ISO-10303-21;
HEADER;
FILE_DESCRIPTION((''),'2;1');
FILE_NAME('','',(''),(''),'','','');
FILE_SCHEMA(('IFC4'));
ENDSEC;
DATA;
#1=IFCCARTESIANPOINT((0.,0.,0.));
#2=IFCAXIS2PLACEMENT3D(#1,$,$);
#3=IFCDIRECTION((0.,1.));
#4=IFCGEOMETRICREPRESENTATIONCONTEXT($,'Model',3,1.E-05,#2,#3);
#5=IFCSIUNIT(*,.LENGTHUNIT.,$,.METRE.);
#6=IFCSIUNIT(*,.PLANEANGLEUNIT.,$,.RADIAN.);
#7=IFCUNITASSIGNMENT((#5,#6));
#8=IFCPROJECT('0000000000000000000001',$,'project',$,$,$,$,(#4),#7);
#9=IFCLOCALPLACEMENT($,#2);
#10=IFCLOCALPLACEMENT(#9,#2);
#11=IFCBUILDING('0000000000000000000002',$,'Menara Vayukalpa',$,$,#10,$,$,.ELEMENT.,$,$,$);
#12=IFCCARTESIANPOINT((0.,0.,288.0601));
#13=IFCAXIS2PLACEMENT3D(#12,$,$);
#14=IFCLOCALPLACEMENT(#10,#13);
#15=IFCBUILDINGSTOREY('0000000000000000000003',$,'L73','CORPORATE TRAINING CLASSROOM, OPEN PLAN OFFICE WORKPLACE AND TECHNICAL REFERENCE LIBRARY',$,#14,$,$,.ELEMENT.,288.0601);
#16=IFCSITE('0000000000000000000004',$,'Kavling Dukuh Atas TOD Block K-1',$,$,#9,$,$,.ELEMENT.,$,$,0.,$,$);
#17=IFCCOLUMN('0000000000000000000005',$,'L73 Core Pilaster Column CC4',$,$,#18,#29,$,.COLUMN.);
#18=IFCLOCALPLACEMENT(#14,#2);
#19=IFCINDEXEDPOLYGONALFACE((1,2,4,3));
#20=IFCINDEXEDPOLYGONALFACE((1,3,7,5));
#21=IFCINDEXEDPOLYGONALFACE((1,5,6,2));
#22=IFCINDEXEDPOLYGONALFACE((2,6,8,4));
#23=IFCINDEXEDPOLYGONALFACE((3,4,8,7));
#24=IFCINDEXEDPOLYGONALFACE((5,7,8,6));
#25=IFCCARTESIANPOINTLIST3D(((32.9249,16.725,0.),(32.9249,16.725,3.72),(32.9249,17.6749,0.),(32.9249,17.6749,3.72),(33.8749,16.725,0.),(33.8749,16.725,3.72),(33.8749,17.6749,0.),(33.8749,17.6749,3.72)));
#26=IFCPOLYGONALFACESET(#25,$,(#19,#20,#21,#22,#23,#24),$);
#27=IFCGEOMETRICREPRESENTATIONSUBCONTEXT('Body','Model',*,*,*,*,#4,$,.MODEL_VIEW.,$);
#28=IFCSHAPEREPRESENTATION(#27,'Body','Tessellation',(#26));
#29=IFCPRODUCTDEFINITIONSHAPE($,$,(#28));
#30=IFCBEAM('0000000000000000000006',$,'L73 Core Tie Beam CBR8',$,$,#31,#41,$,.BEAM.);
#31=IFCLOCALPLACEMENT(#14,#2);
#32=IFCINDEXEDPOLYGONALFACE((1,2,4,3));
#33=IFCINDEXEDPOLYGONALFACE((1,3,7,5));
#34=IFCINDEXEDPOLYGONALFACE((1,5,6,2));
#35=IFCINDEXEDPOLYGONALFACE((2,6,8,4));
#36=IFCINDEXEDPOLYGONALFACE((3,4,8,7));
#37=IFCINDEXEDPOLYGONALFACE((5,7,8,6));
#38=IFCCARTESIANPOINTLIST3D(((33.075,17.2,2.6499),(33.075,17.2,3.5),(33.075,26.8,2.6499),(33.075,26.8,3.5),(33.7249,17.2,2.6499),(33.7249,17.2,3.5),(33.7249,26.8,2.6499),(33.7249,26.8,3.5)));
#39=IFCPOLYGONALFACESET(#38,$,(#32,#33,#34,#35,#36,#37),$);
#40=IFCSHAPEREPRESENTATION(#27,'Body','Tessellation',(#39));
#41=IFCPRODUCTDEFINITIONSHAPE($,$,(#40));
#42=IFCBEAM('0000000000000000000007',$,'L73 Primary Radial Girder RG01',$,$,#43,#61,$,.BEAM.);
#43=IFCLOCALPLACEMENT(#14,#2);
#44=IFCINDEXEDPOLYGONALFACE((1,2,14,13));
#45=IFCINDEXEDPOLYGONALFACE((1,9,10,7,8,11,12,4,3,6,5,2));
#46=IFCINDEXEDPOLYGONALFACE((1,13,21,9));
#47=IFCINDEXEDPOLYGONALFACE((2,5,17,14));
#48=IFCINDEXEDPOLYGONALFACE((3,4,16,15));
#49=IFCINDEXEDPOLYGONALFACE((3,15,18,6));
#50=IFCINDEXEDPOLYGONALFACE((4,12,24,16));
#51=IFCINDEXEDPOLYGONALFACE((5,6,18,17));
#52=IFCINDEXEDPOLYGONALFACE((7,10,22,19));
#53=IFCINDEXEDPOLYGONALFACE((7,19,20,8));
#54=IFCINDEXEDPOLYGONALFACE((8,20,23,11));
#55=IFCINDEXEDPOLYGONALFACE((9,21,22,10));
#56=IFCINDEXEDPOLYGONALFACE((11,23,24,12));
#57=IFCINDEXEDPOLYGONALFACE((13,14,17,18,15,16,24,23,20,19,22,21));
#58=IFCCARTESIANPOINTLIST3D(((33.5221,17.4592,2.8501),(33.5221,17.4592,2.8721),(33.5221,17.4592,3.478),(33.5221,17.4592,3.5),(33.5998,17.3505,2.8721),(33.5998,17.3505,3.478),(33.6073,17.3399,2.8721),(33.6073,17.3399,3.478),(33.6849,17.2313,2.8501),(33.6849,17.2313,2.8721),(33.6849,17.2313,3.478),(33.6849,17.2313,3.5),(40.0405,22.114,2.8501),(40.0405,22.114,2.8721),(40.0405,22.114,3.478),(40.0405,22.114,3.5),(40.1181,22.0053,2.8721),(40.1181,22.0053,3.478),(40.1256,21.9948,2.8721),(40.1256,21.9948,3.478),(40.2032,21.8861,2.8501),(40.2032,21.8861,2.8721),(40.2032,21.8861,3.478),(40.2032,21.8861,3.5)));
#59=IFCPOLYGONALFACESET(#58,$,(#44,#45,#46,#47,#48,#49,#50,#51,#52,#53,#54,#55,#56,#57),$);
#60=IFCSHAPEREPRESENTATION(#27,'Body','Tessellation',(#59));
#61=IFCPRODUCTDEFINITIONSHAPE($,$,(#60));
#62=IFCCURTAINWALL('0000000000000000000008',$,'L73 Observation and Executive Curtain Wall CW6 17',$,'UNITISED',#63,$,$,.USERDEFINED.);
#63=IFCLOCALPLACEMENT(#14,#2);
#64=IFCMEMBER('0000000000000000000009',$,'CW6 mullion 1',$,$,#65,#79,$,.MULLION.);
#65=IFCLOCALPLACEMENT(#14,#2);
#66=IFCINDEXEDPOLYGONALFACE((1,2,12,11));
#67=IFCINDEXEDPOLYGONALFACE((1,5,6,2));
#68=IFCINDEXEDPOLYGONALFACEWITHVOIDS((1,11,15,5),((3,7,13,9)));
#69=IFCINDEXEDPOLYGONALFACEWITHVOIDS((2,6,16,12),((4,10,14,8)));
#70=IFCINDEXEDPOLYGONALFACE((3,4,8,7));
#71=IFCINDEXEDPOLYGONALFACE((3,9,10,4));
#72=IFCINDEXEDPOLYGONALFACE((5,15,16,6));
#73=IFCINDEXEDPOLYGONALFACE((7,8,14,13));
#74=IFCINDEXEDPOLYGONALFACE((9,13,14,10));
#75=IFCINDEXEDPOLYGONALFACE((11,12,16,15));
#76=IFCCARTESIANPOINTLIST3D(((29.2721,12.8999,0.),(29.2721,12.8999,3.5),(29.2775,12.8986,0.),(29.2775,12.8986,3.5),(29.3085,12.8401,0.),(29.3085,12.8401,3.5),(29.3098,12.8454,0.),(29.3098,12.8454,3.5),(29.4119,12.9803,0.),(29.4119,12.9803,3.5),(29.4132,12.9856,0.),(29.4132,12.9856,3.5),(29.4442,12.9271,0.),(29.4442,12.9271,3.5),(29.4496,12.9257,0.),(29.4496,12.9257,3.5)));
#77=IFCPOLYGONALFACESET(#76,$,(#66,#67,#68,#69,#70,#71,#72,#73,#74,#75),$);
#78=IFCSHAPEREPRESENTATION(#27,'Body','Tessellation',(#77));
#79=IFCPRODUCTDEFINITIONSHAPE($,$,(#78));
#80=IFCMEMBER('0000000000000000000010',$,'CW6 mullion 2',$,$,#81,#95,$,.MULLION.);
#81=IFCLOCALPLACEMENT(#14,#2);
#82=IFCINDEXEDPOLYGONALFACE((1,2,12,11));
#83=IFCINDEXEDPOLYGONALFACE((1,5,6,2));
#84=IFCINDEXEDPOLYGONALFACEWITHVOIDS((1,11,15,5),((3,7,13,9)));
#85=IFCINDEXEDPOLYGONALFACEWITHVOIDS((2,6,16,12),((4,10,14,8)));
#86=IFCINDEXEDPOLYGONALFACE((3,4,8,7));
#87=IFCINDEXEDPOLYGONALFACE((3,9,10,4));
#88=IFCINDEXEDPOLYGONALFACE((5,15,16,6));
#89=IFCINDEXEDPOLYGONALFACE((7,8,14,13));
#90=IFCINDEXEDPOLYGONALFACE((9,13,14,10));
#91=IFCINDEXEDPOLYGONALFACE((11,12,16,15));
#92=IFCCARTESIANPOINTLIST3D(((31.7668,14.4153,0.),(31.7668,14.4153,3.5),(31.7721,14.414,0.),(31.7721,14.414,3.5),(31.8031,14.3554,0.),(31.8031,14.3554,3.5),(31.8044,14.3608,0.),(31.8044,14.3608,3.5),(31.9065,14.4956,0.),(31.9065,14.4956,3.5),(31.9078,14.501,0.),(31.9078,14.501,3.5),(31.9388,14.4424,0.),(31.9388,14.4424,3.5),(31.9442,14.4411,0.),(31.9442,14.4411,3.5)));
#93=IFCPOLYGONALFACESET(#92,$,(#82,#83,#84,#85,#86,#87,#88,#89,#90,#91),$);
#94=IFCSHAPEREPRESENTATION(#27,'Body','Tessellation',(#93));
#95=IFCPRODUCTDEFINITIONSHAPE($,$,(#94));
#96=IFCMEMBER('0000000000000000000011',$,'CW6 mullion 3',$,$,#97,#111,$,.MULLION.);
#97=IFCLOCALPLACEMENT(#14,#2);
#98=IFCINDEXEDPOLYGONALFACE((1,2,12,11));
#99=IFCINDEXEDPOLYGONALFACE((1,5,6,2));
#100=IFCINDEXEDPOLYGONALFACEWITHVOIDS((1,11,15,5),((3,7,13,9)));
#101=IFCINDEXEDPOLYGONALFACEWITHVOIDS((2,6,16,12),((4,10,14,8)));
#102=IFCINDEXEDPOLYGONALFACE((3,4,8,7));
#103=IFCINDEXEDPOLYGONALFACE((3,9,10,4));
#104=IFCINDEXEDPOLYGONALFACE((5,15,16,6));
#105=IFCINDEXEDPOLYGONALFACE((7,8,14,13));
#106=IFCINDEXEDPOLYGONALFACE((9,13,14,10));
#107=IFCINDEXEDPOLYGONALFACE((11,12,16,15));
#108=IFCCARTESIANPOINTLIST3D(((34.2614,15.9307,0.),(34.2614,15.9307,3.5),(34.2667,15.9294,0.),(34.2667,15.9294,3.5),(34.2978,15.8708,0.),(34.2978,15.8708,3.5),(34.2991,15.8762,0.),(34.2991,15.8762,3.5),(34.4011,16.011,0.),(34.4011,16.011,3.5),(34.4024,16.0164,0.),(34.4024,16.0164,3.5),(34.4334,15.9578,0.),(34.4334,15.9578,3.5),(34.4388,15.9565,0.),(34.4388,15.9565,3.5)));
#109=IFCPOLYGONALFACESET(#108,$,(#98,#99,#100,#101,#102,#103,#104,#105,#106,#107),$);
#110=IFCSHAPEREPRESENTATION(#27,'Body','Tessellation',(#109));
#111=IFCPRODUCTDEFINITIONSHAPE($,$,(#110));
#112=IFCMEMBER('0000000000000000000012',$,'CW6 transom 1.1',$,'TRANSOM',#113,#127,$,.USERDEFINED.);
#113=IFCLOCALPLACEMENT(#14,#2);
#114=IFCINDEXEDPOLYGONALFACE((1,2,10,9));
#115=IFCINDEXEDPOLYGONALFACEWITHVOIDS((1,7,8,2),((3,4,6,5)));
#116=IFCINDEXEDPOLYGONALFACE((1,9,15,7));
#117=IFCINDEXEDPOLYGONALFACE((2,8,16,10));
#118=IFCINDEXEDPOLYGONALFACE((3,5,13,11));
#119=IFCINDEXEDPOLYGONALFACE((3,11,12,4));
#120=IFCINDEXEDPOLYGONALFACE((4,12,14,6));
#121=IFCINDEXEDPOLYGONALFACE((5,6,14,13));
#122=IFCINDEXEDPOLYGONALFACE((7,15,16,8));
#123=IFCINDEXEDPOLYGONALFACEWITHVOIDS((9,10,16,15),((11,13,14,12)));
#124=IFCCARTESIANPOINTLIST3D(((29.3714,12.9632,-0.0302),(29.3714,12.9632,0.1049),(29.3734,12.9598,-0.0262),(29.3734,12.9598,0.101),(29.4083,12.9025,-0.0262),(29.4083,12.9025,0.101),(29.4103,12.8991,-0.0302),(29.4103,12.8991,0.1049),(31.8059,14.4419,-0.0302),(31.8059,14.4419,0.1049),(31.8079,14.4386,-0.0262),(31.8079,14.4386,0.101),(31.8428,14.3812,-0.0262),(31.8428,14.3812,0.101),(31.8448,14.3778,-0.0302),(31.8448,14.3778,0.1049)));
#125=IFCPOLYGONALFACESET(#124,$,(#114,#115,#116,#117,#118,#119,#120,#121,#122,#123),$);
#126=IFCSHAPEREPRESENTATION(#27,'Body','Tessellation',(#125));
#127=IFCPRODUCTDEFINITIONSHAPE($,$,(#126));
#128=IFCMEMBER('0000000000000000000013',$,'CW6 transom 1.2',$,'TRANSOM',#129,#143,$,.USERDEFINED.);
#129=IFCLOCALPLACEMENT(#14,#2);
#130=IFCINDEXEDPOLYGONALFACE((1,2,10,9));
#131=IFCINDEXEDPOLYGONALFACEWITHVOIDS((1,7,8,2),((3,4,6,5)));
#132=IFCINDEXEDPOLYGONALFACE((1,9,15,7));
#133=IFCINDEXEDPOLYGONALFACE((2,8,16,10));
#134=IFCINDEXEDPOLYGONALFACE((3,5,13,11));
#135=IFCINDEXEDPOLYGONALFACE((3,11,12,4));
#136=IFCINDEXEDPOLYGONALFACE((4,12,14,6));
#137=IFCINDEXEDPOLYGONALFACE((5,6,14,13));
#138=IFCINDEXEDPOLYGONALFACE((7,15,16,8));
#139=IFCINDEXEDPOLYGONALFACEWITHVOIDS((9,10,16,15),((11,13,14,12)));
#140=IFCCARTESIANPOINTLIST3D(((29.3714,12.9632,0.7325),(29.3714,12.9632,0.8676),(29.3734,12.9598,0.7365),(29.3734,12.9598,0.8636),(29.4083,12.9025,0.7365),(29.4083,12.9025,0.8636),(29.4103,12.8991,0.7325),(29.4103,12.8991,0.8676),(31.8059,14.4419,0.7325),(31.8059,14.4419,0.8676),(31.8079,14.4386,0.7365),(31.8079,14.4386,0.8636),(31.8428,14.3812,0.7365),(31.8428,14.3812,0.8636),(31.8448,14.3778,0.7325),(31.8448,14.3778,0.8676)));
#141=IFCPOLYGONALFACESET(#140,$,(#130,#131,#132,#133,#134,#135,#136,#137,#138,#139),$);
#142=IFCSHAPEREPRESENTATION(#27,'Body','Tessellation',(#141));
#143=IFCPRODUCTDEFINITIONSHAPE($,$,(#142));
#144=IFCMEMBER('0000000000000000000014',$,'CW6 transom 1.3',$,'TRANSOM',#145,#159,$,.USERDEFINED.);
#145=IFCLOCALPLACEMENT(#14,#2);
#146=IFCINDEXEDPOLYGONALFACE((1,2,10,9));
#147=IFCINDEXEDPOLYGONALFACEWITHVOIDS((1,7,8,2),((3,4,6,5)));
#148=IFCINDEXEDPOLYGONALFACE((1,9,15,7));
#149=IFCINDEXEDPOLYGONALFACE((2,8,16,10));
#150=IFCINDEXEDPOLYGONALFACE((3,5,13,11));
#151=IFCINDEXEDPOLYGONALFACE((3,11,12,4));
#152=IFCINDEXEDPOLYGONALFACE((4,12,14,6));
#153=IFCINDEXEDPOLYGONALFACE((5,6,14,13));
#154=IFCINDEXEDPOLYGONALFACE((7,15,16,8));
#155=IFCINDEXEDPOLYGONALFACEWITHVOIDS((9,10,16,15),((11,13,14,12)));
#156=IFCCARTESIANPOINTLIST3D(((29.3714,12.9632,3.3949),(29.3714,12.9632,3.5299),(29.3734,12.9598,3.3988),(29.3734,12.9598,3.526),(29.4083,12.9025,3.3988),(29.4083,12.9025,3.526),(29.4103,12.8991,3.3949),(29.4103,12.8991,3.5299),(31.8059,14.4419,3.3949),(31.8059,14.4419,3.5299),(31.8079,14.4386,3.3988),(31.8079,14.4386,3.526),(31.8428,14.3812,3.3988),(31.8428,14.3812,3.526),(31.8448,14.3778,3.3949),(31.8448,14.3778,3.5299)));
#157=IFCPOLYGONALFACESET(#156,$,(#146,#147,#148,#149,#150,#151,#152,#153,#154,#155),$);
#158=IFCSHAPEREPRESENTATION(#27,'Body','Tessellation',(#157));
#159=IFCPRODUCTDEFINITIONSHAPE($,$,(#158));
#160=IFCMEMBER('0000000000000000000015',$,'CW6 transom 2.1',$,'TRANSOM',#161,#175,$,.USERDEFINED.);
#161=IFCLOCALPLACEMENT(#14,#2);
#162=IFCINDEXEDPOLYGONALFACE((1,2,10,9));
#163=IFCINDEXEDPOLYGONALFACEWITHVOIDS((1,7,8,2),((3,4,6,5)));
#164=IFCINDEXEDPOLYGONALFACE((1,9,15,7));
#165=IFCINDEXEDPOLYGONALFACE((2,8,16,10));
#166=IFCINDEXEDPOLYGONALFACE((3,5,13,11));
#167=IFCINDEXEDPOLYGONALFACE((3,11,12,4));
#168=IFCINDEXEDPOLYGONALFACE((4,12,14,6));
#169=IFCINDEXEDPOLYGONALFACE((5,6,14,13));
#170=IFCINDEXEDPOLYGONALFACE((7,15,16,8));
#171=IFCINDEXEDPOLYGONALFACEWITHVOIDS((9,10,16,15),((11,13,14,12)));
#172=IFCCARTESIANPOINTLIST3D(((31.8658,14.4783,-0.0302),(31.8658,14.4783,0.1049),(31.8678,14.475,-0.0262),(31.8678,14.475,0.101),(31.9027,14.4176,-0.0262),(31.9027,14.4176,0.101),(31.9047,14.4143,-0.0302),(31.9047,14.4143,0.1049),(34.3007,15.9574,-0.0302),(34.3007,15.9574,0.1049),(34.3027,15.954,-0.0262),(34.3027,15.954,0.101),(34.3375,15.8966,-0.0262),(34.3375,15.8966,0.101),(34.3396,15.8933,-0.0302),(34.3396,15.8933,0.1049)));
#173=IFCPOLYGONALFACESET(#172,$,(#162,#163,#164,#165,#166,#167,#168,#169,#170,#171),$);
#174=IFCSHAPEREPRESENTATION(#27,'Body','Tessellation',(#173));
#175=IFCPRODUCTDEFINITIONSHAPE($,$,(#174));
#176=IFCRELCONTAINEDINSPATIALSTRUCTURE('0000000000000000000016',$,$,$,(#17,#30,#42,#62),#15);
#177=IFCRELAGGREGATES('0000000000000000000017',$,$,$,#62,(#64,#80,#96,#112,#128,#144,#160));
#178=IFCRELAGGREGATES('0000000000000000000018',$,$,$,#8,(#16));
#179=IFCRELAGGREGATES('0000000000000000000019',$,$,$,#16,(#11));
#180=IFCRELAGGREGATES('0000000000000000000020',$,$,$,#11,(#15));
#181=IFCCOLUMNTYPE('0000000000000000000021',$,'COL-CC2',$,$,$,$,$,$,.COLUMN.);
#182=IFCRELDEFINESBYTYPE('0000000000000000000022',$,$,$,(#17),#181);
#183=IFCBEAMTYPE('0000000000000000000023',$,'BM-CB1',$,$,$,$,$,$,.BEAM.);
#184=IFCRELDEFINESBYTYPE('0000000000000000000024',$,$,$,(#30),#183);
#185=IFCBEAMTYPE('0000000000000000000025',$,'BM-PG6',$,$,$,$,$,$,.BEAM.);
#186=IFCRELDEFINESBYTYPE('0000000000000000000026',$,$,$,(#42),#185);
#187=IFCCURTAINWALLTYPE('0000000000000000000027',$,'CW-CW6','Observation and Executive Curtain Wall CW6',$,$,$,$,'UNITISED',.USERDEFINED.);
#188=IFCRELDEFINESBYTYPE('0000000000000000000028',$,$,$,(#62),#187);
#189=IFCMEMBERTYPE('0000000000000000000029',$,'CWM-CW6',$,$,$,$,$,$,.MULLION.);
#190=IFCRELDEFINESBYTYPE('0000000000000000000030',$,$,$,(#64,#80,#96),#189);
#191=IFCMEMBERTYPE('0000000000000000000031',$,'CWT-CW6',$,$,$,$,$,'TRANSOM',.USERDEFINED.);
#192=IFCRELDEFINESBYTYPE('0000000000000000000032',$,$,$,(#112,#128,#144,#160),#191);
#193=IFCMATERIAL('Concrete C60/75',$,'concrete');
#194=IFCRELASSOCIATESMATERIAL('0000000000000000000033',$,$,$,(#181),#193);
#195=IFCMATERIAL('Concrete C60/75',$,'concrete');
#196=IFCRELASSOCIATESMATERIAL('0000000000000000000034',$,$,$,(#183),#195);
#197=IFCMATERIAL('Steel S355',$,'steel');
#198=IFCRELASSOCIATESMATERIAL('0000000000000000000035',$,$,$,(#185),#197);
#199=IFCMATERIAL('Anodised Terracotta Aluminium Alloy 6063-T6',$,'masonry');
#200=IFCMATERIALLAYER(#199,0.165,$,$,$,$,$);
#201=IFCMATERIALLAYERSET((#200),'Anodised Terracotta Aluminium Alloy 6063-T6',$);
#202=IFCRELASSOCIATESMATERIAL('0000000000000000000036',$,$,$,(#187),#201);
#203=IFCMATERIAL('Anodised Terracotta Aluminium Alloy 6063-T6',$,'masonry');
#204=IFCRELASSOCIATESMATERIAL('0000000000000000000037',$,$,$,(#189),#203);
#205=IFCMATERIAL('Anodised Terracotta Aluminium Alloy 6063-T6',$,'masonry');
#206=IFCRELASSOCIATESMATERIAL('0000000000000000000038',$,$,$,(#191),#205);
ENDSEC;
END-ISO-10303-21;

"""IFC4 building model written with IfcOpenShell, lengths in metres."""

from ifc_helpers import new_model, si_unit, direction, frame, origin, origin_2d, place, context, subcontext, project, spatial, rectangle, hollow_rectangle, i_section, extrude, material, layer, layer_set, material_profile, profile_set, type_object, element, aggregate, save


model = new_model("IFC4")

# Units and contexts
model_context = context("Model", 3, precision=1e-05, world=origin(), true_north=direction((0.0, 1.0)))
body_context = subcontext(model_context, "Body", "Model", "MODEL_VIEW")
ifc_project = project(units=[si_unit("LENGTHUNIT", "METRE"), si_unit("PLANEANGLEUNIT", "RADIAN")], contexts=[model_context])

# Site, building, storey
site_placement = place(None, origin())
site = spatial("IfcSite", under=ifc_project, at=site_placement, Name="Kavling Dukuh Atas TOD Block K-1", CompositionType="ELEMENT", RefElevation=0.0)
building_placement = place(site_placement, origin())
building = spatial("IfcBuilding", under=site, at=building_placement, Name="Menara Vayukalpa", CompositionType="ELEMENT")
storey_placement = place(building_placement, frame((0.0, 0.0, 288.0601)))
storey = spatial("IfcBuildingStorey", under=building, at=storey_placement, Name="L73", Description="CORPORATE TRAINING CLASSROOM, OPEN PLAN OFFICE WORKPLACE AND TECHNICAL REFERENCE LIBRARY", CompositionType="ELEMENT", Elevation=288.0601)

# Column
ifc_material_1 = material(Name="Concrete C60/75", Category="concrete")
ifc_material_profile_1 = material_profile(ifc_material_1, rectangle(XDim=0.95, YDim=0.95, at=origin_2d()), Name="RC 950x950")
ifc_profile_set_1 = profile_set([ifc_material_profile_1], Name="Concrete C60/75")
column_type = type_object("IfcColumnType", Name="COL-CC2", PredefinedType="COLUMN", material=ifc_profile_set_1)
column_placement = place(storey_placement, frame((33.3999, 17.2, 0.0), z_axis=(0.0, 0.0, 1.0), x_axis=(1.0, 0.0, 0.0)))
element("IfcColumn", 1, at=column_placement, inside=storey, type_object=column_type, Name="L73 Core Pilaster Column CC4", PredefinedType="COLUMN", context=body_context, shape_type="SweptSolid", body=[
    extrude(rectangle(XDim=0.95, YDim=0.95, at=origin_2d()), origin(), (0.0, 0.0, 1.0), 3.72),
])

# Beams
ifc_material_2 = material(Name="Concrete C60/75", Category="concrete")
ifc_material_profile_2 = material_profile(ifc_material_2, rectangle(XDim=0.6499, YDim=0.8501, at=origin_2d()), Name="RC 650x850")
ifc_profile_set_2 = profile_set([ifc_material_profile_2], Name="Concrete C60/75")
beam_type_1 = type_object("IfcBeamType", Name="BM-CB1", PredefinedType="BEAM", material=ifc_profile_set_2)
beam_1_placement = place(storey_placement, frame((33.3999, 17.2, 3.075), z_axis=(0.0, 1.0, 0.0), x_axis=(-1.0, 0.0, 0.0)))
element("IfcBeam", 2, at=beam_1_placement, inside=storey, type_object=beam_type_1, Name="L73 Core Tie Beam CBR8", PredefinedType="BEAM", context=body_context, shape_type="SweptSolid", body=[
    extrude(rectangle(XDim=0.6499, YDim=0.8501, at=origin_2d()), origin(), (0.0, 0.0, 1.0), 9.6001),
])
ifc_material_3 = material(Name="Steel S355", Category="steel")
ifc_material_profile_3 = material_profile(ifc_material_3, i_section(OverallWidth=0.28, OverallDepth=0.6499, WebThickness=0.0129, FlangeThickness=0.022, at=origin_2d()), Name="WF 650x280x13x22")
ifc_profile_set_3 = profile_set([ifc_material_profile_3], Name="Steel S355")
beam_type_2 = type_object("IfcBeamType", Name="BM-PG6", PredefinedType="BEAM", material=ifc_profile_set_3)
beam_2_placement = place(storey_placement, frame((33.6035, 17.3452, 3.175), z_axis=(0.813801, 0.581143, 0.0), x_axis=(-0.581143, 0.813801, 0.0)))
element("IfcBeam", 3, at=beam_2_placement, inside=storey, type_object=beam_type_2, Name="L73 Primary Radial Girder RG01", PredefinedType="BEAM", context=body_context, shape_type="SweptSolid", body=[
    extrude(i_section(OverallWidth=0.28, OverallDepth=0.6499, WebThickness=0.0129, FlangeThickness=0.022, at=origin_2d()), origin(), (0.0, 0.0, 1.0), 8.0098),
])

# Curtain wall, members
ifc_material_4 = material(Name="Anodised Terracotta Aluminium Alloy 6063-T6", Category="masonry")
ifc_layer_1 = layer(ifc_material_4, 0.165)
ifc_layer_set_1 = layer_set([ifc_layer_1], Name="Anodised Terracotta Aluminium Alloy 6063-T6")
curtain_wall_type = type_object("IfcCurtainWallType", Name="CW-CW6", Description="Observation and Executive Curtain Wall CW6", ElementType="UNITISED", PredefinedType="USERDEFINED", material=ifc_layer_set_1)
curtain_wall_placement = place(storey_placement, origin())
curtain_wall = element("IfcCurtainWall", 4, at=curtain_wall_placement, inside=storey, type_object=curtain_wall_type, Name="L73 Observation and Executive Curtain Wall CW6 17", ObjectType="UNITISED", PredefinedType="USERDEFINED")
ifc_material_5 = material(Name="Anodised Terracotta Aluminium Alloy 6063-T6", Category="masonry")
ifc_material_profile_4 = material_profile(ifc_material_5, hollow_rectangle(XDim=0.0701, YDim=0.165, WallThickness=0.0039, at=origin_2d()), Name="ALU 70x165x4")
ifc_profile_set_4 = profile_set([ifc_material_profile_4], Name="Anodised Terracotta Aluminium Alloy 6063-T6")
member_type_1 = type_object("IfcMemberType", Name="CWM-CW6", PredefinedType="MULLION", material=ifc_profile_set_4)
member_1_placement = place(storey_placement, frame((29.3608, 12.9128, 0.0), z_axis=(0.0, 0.0, 1.0), x_axis=(-0.519176, 0.854668, 0.0)))
member_1 = element("IfcMember", 5, at=member_1_placement, type_object=member_type_1, Name="CW6 mullion 1", PredefinedType="MULLION", context=body_context, shape_type="SweptSolid", body=[
    extrude(hollow_rectangle(XDim=0.0701, YDim=0.165, WallThickness=0.0039, at=origin_2d()), origin(), (0.0, 0.0, 1.0), 3.5),
])
member_2_placement = place(storey_placement, frame((31.8555, 14.4282, 0.0), z_axis=(0.0, 0.0, 1.0), x_axis=(-0.519176, 0.854668, 0.0)))
member_2 = element("IfcMember", 6, at=member_2_placement, type_object=member_type_1, Name="CW6 mullion 2", PredefinedType="MULLION", context=body_context, shape_type="SweptSolid", body=[
    extrude(hollow_rectangle(XDim=0.0701, YDim=0.165, WallThickness=0.0039, at=origin_2d()), origin(), (0.0, 0.0, 1.0), 3.5),
])
member_3_placement = place(storey_placement, frame((34.3501, 15.9436, 0.0), z_axis=(0.0, 0.0, 1.0), x_axis=(-0.519176, 0.854668, 0.0)))
member_3 = element("IfcMember", 7, at=member_3_placement, type_object=member_type_1, Name="CW6 mullion 3", PredefinedType="MULLION", context=body_context, shape_type="SweptSolid", body=[
    extrude(hollow_rectangle(XDim=0.0701, YDim=0.165, WallThickness=0.0039, at=origin_2d()), origin(), (0.0, 0.0, 1.0), 3.5),
])
ifc_material_6 = material(Name="Anodised Terracotta Aluminium Alloy 6063-T6", Category="masonry")
ifc_material_profile_5 = material_profile(ifc_material_6, hollow_rectangle(XDim=0.075, YDim=0.135, WallThickness=0.0039, at=origin_2d()), Name="ALU 75x135x4")
ifc_profile_set_5 = profile_set([ifc_material_profile_5], Name="Anodised Terracotta Aluminium Alloy 6063-T6")
member_type_2 = type_object("IfcMemberType", Name="CWT-CW6", ElementType="TRANSOM", PredefinedType="USERDEFINED", material=ifc_profile_set_5)
member_4_placement = place(storey_placement, frame((29.3909, 12.9312, 0.0374), z_axis=(0.85469, 0.519139, 0.0), x_axis=(-0.519139, 0.85469, 0.0)))
member_4 = element("IfcMember", 8, at=member_4_placement, type_object=member_type_2, Name="CW6 transom 1.1", ObjectType="TRANSOM", PredefinedType="USERDEFINED", context=body_context, shape_type="SweptSolid", body=[
    extrude(hollow_rectangle(XDim=0.075, YDim=0.135, WallThickness=0.0039, at=origin_2d()), origin(), (0.0, 0.0, 1.0), 2.8484),
])
member_5_placement = place(storey_placement, frame((29.3909, 12.9312, 0.8), z_axis=(0.85469, 0.519139, 0.0), x_axis=(-0.519139, 0.85469, 0.0)))
member_5 = element("IfcMember", 9, at=member_5_placement, type_object=member_type_2, Name="CW6 transom 1.2", ObjectType="TRANSOM", PredefinedType="USERDEFINED", context=body_context, shape_type="SweptSolid", body=[
    extrude(hollow_rectangle(XDim=0.075, YDim=0.135, WallThickness=0.0039, at=origin_2d()), origin(), (0.0, 0.0, 1.0), 2.8484),
])
member_6_placement = place(storey_placement, frame((29.3909, 12.9312, 3.4624), z_axis=(0.85469, 0.519139, 0.0), x_axis=(-0.519139, 0.85469, 0.0)))
member_6 = element("IfcMember", 10, at=member_6_placement, type_object=member_type_2, Name="CW6 transom 1.3", ObjectType="TRANSOM", PredefinedType="USERDEFINED", context=body_context, shape_type="SweptSolid", body=[
    extrude(hollow_rectangle(XDim=0.075, YDim=0.135, WallThickness=0.0039, at=origin_2d()), origin(), (0.0, 0.0, 1.0), 2.8484),
])
member_7_placement = place(storey_placement, frame((31.8853, 14.4463, 0.0374), z_axis=(0.854675, 0.519164, 0.0), x_axis=(-0.519164, 0.854675, 0.0)))
member_7 = element("IfcMember", 11, at=member_7_placement, type_object=member_type_2, Name="CW6 transom 2.1", ObjectType="TRANSOM", PredefinedType="USERDEFINED", context=body_context, shape_type="SweptSolid", body=[
    extrude(hollow_rectangle(XDim=0.075, YDim=0.135, WallThickness=0.0039, at=origin_2d()), origin(), (0.0, 0.0, 1.0), 2.8489),
])
aggregate(curtain_wall, [member_1, member_2, member_3, member_4, member_5, member_6, member_7])

save(model, "model.ifc")
